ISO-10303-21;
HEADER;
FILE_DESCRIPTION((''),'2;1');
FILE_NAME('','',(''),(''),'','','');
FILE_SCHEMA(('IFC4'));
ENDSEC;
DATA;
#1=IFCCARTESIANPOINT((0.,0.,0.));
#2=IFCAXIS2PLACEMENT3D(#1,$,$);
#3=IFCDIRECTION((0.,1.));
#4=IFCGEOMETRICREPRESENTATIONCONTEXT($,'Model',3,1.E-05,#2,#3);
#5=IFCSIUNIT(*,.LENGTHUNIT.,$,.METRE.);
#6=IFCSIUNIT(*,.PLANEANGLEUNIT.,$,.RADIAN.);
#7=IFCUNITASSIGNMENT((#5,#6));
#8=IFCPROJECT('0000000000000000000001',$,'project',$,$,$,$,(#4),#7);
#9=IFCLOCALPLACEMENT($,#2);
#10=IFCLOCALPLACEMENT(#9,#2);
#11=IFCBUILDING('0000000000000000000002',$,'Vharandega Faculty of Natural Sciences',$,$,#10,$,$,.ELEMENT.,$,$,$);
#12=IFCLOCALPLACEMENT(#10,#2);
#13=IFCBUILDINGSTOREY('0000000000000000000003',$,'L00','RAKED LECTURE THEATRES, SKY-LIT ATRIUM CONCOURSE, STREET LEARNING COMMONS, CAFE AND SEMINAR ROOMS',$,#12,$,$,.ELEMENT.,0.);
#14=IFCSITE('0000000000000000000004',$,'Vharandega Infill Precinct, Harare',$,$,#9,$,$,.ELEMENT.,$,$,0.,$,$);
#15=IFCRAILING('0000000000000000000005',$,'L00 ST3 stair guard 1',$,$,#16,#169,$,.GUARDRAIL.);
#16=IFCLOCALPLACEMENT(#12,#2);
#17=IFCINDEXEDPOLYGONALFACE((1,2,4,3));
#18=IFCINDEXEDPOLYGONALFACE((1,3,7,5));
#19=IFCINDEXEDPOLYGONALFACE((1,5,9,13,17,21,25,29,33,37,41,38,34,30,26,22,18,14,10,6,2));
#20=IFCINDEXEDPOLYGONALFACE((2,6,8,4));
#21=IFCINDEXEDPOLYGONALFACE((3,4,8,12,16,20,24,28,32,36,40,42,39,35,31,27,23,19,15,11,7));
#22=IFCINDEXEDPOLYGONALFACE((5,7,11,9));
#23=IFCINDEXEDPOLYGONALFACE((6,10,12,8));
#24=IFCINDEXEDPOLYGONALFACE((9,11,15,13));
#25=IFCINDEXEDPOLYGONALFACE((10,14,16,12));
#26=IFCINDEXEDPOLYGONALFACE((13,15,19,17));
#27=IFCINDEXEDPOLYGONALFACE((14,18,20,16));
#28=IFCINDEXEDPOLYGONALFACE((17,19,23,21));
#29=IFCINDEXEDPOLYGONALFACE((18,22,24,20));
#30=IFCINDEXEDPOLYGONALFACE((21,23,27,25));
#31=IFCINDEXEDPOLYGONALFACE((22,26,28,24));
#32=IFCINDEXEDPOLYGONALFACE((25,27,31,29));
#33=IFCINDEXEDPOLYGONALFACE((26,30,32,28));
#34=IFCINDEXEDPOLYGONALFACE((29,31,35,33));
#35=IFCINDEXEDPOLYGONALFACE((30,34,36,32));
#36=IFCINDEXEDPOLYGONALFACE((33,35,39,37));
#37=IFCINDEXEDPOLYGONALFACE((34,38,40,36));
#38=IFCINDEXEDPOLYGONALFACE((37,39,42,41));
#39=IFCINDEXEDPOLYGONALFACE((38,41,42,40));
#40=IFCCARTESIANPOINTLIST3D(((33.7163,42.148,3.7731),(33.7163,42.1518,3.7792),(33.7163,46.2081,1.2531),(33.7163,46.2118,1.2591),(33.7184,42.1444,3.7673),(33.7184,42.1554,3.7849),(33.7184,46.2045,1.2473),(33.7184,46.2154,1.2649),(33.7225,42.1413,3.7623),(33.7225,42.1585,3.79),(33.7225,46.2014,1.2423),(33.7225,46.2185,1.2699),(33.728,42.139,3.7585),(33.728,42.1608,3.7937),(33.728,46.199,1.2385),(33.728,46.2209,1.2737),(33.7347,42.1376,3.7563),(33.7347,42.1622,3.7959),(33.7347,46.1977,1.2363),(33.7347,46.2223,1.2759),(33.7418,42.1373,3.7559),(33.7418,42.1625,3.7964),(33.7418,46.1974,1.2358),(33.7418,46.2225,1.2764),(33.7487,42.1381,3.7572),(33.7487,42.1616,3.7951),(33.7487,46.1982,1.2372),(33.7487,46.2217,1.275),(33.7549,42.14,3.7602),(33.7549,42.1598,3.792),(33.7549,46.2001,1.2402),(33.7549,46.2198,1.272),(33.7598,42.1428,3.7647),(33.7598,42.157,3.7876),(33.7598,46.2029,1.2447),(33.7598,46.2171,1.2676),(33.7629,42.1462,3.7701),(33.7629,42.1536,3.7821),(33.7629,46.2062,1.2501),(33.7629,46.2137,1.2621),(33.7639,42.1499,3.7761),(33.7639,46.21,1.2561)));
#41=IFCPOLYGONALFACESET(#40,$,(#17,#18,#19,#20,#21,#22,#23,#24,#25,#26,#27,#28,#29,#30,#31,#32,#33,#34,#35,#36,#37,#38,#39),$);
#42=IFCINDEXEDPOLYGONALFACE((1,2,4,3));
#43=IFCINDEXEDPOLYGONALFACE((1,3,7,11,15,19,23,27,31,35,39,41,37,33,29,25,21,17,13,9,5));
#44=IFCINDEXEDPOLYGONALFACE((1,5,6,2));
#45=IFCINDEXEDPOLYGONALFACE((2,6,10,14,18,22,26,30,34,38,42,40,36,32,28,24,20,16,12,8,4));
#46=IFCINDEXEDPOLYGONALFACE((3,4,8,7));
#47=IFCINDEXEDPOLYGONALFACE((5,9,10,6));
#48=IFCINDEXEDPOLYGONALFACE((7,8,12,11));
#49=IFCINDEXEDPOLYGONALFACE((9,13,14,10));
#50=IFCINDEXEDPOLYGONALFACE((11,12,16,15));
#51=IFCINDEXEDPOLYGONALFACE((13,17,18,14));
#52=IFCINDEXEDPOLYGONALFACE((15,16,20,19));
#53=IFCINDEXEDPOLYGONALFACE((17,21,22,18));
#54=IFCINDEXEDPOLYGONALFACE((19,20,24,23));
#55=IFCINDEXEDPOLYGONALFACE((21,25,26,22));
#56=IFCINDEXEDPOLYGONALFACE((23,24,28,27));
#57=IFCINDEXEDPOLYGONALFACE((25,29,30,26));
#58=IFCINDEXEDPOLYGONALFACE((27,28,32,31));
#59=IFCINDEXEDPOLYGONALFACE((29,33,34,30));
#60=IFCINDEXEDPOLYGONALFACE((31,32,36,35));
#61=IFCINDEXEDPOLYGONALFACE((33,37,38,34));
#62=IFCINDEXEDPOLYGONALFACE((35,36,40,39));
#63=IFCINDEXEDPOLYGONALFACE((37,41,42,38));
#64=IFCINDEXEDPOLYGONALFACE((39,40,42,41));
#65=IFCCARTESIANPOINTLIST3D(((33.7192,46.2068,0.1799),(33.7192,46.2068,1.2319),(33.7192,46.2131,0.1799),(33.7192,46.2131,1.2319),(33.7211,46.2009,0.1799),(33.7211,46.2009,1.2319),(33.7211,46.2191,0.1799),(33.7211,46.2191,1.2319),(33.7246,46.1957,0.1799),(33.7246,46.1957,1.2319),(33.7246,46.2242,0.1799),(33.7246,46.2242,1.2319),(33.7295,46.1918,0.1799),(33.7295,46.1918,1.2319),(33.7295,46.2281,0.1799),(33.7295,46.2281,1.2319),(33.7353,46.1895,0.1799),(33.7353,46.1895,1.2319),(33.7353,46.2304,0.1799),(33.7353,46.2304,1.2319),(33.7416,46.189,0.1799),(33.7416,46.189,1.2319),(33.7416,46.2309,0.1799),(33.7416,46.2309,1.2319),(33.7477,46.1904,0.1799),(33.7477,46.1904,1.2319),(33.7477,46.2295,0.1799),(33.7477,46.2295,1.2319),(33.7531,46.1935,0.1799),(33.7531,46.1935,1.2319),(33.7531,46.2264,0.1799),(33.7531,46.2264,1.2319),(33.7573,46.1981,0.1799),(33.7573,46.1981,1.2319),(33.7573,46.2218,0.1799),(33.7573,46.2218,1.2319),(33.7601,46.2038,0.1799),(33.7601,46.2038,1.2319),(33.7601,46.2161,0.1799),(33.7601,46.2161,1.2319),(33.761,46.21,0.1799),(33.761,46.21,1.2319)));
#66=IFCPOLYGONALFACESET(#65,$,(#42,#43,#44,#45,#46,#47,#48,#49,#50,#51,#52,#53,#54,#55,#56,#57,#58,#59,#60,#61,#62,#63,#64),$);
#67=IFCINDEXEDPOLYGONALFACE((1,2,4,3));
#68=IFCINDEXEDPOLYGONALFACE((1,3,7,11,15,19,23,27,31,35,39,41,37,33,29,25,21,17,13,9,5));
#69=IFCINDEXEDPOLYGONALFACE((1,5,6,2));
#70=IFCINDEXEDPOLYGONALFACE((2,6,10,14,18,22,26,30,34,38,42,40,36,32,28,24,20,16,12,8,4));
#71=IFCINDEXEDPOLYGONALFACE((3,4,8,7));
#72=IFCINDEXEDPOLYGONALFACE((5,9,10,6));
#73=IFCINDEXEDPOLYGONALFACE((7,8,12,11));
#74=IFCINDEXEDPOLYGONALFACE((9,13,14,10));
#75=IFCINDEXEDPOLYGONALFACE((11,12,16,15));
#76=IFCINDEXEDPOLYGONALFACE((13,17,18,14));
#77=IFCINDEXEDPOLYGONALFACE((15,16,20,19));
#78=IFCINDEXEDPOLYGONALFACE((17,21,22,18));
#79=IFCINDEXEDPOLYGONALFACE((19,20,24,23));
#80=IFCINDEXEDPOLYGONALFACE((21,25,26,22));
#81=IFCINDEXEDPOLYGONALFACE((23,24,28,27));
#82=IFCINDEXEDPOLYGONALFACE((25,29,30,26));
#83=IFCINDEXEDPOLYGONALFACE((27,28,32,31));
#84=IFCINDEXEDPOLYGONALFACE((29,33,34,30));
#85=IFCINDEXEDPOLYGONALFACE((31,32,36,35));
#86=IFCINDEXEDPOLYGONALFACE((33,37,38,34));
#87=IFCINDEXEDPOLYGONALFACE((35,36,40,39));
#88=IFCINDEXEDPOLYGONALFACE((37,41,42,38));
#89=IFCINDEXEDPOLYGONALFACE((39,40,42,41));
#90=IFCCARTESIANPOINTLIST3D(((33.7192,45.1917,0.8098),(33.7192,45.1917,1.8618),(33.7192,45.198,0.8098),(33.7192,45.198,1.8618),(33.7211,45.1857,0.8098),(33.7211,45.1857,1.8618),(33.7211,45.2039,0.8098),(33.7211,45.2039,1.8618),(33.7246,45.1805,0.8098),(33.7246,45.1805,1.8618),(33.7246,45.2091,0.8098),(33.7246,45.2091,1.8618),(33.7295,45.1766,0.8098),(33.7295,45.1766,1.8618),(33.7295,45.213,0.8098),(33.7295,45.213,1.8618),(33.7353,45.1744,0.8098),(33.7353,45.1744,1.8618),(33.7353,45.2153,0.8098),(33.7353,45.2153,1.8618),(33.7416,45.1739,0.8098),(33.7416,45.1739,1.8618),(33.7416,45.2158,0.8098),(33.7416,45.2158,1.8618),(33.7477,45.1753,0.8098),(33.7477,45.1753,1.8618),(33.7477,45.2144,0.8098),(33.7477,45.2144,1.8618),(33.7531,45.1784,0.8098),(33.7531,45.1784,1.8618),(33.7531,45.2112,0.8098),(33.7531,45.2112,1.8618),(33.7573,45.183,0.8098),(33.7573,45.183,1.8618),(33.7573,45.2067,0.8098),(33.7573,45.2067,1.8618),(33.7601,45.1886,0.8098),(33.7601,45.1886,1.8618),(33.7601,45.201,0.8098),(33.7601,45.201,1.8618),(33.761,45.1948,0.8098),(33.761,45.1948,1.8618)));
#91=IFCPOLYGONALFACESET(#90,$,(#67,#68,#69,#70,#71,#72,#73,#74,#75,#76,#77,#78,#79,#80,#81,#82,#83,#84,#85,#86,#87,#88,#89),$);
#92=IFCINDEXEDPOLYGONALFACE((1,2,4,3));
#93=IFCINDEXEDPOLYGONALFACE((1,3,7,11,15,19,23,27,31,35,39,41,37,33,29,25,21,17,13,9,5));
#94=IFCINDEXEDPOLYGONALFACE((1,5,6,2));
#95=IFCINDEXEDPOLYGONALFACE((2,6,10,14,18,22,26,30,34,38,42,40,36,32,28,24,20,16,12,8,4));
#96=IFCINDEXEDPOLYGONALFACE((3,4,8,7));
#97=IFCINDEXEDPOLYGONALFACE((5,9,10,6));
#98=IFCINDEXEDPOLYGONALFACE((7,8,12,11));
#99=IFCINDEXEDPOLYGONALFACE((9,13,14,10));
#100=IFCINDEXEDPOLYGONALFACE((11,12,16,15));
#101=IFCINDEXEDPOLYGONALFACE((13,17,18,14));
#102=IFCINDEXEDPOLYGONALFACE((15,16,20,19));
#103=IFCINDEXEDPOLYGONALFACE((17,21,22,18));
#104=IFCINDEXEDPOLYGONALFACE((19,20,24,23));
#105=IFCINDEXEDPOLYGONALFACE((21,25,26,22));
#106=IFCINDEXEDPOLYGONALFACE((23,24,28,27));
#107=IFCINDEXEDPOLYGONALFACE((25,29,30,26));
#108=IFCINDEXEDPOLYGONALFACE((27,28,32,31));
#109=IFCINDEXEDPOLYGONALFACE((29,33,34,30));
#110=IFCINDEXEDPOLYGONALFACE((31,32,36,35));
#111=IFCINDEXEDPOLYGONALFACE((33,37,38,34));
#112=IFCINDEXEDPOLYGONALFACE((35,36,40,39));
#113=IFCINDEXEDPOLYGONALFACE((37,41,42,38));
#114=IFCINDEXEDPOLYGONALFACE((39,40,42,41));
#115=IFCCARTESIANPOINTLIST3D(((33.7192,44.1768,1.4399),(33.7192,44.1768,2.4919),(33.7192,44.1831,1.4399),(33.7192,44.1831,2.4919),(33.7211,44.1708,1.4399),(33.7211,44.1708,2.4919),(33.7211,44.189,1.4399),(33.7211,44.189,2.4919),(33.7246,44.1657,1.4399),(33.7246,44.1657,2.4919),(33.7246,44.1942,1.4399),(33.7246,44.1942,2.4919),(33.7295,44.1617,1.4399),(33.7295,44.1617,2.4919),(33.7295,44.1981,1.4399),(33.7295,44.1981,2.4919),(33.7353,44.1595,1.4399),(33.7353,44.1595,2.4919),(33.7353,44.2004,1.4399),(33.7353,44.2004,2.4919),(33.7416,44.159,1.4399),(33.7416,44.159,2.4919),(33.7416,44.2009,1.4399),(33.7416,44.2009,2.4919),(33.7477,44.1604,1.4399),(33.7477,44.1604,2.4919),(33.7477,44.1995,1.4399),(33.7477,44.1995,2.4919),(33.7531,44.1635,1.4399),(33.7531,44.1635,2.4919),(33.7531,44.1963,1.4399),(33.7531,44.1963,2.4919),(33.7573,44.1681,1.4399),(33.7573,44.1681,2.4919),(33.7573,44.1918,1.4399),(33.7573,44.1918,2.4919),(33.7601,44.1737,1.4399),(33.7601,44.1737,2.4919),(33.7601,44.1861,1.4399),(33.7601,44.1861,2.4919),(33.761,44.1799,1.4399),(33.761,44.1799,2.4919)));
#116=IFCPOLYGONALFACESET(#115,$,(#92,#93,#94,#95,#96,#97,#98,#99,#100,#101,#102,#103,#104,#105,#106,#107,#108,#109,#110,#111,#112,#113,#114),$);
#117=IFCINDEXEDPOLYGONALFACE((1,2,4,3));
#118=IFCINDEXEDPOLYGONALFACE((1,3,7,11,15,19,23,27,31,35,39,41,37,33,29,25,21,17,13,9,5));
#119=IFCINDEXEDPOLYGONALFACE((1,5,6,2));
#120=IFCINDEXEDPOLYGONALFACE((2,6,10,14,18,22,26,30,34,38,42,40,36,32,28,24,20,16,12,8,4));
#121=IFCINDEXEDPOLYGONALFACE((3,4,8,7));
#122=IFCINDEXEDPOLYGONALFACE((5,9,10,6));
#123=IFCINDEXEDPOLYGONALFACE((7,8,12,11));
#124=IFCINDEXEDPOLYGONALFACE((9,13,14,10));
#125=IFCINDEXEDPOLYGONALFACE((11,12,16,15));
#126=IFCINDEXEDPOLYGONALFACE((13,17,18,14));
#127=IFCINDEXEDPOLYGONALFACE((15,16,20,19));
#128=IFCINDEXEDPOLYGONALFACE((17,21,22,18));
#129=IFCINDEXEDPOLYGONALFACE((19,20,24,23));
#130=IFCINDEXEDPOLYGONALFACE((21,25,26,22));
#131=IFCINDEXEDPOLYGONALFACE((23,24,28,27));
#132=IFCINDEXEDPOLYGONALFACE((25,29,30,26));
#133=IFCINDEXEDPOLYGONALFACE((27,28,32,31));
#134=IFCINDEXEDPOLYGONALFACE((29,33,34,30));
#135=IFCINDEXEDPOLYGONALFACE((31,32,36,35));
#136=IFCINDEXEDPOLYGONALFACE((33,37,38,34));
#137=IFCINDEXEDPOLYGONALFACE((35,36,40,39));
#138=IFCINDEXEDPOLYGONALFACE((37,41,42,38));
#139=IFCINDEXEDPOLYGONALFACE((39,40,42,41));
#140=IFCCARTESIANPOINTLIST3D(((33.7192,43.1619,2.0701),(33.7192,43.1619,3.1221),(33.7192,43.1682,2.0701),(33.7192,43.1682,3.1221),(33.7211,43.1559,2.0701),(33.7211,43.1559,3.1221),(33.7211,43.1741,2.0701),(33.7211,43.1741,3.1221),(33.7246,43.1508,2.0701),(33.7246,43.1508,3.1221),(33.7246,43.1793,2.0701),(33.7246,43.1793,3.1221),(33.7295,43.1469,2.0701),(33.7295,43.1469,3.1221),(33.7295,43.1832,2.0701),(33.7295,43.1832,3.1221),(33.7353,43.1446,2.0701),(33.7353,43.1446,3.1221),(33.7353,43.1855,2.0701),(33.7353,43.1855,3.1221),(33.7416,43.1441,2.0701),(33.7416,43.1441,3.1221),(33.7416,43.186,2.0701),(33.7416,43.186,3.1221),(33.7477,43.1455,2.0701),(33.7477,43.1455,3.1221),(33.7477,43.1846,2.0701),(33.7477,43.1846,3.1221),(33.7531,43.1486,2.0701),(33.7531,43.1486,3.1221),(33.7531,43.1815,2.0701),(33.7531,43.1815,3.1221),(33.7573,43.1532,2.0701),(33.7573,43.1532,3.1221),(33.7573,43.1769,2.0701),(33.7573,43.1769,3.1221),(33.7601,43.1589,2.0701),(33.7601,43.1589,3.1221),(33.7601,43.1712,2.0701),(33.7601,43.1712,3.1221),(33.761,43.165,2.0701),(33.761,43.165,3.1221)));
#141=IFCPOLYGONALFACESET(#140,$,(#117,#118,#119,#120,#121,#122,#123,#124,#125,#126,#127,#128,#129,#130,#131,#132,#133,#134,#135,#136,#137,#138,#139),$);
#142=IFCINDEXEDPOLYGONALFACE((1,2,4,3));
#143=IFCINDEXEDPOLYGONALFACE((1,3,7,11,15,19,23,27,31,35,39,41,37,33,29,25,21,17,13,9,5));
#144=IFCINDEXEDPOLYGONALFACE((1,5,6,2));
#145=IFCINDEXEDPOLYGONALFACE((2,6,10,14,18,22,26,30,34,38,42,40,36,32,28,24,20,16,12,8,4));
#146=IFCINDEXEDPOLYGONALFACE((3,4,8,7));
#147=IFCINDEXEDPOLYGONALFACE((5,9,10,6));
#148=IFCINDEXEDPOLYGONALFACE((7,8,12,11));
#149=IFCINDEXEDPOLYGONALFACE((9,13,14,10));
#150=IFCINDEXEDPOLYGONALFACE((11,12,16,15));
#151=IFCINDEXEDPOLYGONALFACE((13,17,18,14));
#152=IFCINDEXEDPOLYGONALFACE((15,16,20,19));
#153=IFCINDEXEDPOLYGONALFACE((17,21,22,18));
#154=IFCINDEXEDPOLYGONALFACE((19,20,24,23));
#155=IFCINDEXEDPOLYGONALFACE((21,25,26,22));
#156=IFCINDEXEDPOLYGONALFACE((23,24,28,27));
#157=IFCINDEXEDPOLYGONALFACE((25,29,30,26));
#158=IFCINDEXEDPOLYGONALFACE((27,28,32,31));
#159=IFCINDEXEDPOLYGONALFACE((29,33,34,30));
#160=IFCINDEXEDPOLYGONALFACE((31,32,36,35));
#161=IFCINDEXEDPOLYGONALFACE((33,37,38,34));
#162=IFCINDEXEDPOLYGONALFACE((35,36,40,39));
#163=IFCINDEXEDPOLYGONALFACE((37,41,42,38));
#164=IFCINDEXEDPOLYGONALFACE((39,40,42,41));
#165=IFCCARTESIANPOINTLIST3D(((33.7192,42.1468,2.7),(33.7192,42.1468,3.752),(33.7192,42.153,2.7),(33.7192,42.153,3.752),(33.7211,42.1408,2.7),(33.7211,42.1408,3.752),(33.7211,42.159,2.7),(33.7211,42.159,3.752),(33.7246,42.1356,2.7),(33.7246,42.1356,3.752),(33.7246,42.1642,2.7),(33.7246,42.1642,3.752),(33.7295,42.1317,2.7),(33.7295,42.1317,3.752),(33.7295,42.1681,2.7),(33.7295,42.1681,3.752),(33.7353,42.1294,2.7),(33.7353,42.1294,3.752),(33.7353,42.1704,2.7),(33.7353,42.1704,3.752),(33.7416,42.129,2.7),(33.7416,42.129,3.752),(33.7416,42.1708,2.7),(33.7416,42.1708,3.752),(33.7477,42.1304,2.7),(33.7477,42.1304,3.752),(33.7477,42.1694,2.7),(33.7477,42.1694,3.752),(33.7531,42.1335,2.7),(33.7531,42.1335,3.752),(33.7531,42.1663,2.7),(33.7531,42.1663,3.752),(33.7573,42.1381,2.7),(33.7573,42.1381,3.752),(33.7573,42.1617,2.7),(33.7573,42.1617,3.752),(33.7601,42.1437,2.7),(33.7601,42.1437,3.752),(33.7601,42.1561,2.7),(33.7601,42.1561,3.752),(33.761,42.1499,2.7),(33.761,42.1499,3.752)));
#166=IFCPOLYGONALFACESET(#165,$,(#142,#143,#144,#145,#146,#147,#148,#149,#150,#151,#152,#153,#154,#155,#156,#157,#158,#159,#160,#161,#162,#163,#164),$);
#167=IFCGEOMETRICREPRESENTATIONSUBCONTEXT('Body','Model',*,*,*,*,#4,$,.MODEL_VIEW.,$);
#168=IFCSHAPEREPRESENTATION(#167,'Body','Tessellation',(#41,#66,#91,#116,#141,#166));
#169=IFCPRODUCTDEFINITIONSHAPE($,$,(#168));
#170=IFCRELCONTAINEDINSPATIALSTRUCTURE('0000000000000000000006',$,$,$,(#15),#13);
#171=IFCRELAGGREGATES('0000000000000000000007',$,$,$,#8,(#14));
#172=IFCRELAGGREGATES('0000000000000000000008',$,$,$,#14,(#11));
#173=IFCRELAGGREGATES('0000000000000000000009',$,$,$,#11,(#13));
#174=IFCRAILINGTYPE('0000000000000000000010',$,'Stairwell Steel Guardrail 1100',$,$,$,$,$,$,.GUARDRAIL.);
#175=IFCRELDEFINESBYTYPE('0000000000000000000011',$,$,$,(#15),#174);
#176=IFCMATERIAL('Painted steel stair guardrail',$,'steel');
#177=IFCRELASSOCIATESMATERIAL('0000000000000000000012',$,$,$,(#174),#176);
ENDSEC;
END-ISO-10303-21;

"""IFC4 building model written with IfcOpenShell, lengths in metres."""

from ifc_helpers import new_model, si_unit, direction, frame, origin, origin_2d, place, context, subcontext, project, spatial, circle, extrude, material, type_object, element, save


model = new_model("IFC4")

# Units and contexts
model_context = context("Model", 3, precision=1e-05, world=origin(), true_north=direction((0.0, 1.0)))
body_context = subcontext(model_context, "Body", "Model", "MODEL_VIEW")
ifc_project = project(units=[si_unit("LENGTHUNIT", "METRE"), si_unit("PLANEANGLEUNIT", "RADIAN")], contexts=[model_context])

# Site, building, storey
site_placement = place(None, origin())
site = spatial("IfcSite", under=ifc_project, at=site_placement, Name="Vharandega Infill Precinct, Harare", CompositionType="ELEMENT", RefElevation=0.0)
building_placement = place(site_placement, origin())
building = spatial("IfcBuilding", under=site, at=building_placement, Name="Vharandega Faculty of Natural Sciences", CompositionType="ELEMENT")
storey_placement = place(building_placement, origin())
storey = spatial("IfcBuildingStorey", under=building, at=storey_placement, Name="L00", Description="RAKED LECTURE THEATRES, SKY-LIT ATRIUM CONCOURSE, STREET LEARNING COMMONS, CAFE AND SEMINAR ROOMS", CompositionType="ELEMENT", Elevation=0.0)

# Railing
ifc_material_1 = material(Name="Painted steel stair guardrail", Category="steel")
railing_type_1 = type_object("IfcRailingType", Name="Stairwell Steel Guardrail 1100", PredefinedType="GUARDRAIL", material=ifc_material_1)
railing_1_placement = place(storey_placement, frame((33.74, 46.21, 0.1799)))
element("IfcRailing", 1, at=railing_1_placement, inside=storey, type_object=railing_type_1, Name="L00 ST3 stair guard 1", PredefinedType="GUARDRAIL", context=body_context, shape_type="SweptSolid", body=[
    extrude(circle(Radius=0.0239, at=origin_2d()), frame((0.0, 0.0, 1.0762), z_axis=(0.0, -0.849642, 0.52736), x_axis=(1.0, 0.0, 0.0)), (0.0, 0.0, 1.0), 4.7786),
    extrude(circle(Radius=0.021, at=origin_2d()), origin(), (0.0, 0.0, 1.0), 1.052),
    extrude(circle(Radius=0.021, at=origin_2d()), frame((0.0, -1.0151, 0.6299)), (0.0, 0.0, 1.0), 1.052),
    extrude(circle(Radius=0.021, at=origin_2d()), frame((0.0, -2.03, 1.26)), (0.0, 0.0, 1.0), 1.052),
    extrude(circle(Radius=0.021, at=origin_2d()), frame((0.0, -3.0449, 1.8901)), (0.0, 0.0, 1.0), 1.052),
    extrude(circle(Radius=0.021, at=origin_2d()), frame((0.0, -4.0601, 2.52)), (0.0, 0.0, 1.0), 1.052),
])

save(model, "model.ifc")
